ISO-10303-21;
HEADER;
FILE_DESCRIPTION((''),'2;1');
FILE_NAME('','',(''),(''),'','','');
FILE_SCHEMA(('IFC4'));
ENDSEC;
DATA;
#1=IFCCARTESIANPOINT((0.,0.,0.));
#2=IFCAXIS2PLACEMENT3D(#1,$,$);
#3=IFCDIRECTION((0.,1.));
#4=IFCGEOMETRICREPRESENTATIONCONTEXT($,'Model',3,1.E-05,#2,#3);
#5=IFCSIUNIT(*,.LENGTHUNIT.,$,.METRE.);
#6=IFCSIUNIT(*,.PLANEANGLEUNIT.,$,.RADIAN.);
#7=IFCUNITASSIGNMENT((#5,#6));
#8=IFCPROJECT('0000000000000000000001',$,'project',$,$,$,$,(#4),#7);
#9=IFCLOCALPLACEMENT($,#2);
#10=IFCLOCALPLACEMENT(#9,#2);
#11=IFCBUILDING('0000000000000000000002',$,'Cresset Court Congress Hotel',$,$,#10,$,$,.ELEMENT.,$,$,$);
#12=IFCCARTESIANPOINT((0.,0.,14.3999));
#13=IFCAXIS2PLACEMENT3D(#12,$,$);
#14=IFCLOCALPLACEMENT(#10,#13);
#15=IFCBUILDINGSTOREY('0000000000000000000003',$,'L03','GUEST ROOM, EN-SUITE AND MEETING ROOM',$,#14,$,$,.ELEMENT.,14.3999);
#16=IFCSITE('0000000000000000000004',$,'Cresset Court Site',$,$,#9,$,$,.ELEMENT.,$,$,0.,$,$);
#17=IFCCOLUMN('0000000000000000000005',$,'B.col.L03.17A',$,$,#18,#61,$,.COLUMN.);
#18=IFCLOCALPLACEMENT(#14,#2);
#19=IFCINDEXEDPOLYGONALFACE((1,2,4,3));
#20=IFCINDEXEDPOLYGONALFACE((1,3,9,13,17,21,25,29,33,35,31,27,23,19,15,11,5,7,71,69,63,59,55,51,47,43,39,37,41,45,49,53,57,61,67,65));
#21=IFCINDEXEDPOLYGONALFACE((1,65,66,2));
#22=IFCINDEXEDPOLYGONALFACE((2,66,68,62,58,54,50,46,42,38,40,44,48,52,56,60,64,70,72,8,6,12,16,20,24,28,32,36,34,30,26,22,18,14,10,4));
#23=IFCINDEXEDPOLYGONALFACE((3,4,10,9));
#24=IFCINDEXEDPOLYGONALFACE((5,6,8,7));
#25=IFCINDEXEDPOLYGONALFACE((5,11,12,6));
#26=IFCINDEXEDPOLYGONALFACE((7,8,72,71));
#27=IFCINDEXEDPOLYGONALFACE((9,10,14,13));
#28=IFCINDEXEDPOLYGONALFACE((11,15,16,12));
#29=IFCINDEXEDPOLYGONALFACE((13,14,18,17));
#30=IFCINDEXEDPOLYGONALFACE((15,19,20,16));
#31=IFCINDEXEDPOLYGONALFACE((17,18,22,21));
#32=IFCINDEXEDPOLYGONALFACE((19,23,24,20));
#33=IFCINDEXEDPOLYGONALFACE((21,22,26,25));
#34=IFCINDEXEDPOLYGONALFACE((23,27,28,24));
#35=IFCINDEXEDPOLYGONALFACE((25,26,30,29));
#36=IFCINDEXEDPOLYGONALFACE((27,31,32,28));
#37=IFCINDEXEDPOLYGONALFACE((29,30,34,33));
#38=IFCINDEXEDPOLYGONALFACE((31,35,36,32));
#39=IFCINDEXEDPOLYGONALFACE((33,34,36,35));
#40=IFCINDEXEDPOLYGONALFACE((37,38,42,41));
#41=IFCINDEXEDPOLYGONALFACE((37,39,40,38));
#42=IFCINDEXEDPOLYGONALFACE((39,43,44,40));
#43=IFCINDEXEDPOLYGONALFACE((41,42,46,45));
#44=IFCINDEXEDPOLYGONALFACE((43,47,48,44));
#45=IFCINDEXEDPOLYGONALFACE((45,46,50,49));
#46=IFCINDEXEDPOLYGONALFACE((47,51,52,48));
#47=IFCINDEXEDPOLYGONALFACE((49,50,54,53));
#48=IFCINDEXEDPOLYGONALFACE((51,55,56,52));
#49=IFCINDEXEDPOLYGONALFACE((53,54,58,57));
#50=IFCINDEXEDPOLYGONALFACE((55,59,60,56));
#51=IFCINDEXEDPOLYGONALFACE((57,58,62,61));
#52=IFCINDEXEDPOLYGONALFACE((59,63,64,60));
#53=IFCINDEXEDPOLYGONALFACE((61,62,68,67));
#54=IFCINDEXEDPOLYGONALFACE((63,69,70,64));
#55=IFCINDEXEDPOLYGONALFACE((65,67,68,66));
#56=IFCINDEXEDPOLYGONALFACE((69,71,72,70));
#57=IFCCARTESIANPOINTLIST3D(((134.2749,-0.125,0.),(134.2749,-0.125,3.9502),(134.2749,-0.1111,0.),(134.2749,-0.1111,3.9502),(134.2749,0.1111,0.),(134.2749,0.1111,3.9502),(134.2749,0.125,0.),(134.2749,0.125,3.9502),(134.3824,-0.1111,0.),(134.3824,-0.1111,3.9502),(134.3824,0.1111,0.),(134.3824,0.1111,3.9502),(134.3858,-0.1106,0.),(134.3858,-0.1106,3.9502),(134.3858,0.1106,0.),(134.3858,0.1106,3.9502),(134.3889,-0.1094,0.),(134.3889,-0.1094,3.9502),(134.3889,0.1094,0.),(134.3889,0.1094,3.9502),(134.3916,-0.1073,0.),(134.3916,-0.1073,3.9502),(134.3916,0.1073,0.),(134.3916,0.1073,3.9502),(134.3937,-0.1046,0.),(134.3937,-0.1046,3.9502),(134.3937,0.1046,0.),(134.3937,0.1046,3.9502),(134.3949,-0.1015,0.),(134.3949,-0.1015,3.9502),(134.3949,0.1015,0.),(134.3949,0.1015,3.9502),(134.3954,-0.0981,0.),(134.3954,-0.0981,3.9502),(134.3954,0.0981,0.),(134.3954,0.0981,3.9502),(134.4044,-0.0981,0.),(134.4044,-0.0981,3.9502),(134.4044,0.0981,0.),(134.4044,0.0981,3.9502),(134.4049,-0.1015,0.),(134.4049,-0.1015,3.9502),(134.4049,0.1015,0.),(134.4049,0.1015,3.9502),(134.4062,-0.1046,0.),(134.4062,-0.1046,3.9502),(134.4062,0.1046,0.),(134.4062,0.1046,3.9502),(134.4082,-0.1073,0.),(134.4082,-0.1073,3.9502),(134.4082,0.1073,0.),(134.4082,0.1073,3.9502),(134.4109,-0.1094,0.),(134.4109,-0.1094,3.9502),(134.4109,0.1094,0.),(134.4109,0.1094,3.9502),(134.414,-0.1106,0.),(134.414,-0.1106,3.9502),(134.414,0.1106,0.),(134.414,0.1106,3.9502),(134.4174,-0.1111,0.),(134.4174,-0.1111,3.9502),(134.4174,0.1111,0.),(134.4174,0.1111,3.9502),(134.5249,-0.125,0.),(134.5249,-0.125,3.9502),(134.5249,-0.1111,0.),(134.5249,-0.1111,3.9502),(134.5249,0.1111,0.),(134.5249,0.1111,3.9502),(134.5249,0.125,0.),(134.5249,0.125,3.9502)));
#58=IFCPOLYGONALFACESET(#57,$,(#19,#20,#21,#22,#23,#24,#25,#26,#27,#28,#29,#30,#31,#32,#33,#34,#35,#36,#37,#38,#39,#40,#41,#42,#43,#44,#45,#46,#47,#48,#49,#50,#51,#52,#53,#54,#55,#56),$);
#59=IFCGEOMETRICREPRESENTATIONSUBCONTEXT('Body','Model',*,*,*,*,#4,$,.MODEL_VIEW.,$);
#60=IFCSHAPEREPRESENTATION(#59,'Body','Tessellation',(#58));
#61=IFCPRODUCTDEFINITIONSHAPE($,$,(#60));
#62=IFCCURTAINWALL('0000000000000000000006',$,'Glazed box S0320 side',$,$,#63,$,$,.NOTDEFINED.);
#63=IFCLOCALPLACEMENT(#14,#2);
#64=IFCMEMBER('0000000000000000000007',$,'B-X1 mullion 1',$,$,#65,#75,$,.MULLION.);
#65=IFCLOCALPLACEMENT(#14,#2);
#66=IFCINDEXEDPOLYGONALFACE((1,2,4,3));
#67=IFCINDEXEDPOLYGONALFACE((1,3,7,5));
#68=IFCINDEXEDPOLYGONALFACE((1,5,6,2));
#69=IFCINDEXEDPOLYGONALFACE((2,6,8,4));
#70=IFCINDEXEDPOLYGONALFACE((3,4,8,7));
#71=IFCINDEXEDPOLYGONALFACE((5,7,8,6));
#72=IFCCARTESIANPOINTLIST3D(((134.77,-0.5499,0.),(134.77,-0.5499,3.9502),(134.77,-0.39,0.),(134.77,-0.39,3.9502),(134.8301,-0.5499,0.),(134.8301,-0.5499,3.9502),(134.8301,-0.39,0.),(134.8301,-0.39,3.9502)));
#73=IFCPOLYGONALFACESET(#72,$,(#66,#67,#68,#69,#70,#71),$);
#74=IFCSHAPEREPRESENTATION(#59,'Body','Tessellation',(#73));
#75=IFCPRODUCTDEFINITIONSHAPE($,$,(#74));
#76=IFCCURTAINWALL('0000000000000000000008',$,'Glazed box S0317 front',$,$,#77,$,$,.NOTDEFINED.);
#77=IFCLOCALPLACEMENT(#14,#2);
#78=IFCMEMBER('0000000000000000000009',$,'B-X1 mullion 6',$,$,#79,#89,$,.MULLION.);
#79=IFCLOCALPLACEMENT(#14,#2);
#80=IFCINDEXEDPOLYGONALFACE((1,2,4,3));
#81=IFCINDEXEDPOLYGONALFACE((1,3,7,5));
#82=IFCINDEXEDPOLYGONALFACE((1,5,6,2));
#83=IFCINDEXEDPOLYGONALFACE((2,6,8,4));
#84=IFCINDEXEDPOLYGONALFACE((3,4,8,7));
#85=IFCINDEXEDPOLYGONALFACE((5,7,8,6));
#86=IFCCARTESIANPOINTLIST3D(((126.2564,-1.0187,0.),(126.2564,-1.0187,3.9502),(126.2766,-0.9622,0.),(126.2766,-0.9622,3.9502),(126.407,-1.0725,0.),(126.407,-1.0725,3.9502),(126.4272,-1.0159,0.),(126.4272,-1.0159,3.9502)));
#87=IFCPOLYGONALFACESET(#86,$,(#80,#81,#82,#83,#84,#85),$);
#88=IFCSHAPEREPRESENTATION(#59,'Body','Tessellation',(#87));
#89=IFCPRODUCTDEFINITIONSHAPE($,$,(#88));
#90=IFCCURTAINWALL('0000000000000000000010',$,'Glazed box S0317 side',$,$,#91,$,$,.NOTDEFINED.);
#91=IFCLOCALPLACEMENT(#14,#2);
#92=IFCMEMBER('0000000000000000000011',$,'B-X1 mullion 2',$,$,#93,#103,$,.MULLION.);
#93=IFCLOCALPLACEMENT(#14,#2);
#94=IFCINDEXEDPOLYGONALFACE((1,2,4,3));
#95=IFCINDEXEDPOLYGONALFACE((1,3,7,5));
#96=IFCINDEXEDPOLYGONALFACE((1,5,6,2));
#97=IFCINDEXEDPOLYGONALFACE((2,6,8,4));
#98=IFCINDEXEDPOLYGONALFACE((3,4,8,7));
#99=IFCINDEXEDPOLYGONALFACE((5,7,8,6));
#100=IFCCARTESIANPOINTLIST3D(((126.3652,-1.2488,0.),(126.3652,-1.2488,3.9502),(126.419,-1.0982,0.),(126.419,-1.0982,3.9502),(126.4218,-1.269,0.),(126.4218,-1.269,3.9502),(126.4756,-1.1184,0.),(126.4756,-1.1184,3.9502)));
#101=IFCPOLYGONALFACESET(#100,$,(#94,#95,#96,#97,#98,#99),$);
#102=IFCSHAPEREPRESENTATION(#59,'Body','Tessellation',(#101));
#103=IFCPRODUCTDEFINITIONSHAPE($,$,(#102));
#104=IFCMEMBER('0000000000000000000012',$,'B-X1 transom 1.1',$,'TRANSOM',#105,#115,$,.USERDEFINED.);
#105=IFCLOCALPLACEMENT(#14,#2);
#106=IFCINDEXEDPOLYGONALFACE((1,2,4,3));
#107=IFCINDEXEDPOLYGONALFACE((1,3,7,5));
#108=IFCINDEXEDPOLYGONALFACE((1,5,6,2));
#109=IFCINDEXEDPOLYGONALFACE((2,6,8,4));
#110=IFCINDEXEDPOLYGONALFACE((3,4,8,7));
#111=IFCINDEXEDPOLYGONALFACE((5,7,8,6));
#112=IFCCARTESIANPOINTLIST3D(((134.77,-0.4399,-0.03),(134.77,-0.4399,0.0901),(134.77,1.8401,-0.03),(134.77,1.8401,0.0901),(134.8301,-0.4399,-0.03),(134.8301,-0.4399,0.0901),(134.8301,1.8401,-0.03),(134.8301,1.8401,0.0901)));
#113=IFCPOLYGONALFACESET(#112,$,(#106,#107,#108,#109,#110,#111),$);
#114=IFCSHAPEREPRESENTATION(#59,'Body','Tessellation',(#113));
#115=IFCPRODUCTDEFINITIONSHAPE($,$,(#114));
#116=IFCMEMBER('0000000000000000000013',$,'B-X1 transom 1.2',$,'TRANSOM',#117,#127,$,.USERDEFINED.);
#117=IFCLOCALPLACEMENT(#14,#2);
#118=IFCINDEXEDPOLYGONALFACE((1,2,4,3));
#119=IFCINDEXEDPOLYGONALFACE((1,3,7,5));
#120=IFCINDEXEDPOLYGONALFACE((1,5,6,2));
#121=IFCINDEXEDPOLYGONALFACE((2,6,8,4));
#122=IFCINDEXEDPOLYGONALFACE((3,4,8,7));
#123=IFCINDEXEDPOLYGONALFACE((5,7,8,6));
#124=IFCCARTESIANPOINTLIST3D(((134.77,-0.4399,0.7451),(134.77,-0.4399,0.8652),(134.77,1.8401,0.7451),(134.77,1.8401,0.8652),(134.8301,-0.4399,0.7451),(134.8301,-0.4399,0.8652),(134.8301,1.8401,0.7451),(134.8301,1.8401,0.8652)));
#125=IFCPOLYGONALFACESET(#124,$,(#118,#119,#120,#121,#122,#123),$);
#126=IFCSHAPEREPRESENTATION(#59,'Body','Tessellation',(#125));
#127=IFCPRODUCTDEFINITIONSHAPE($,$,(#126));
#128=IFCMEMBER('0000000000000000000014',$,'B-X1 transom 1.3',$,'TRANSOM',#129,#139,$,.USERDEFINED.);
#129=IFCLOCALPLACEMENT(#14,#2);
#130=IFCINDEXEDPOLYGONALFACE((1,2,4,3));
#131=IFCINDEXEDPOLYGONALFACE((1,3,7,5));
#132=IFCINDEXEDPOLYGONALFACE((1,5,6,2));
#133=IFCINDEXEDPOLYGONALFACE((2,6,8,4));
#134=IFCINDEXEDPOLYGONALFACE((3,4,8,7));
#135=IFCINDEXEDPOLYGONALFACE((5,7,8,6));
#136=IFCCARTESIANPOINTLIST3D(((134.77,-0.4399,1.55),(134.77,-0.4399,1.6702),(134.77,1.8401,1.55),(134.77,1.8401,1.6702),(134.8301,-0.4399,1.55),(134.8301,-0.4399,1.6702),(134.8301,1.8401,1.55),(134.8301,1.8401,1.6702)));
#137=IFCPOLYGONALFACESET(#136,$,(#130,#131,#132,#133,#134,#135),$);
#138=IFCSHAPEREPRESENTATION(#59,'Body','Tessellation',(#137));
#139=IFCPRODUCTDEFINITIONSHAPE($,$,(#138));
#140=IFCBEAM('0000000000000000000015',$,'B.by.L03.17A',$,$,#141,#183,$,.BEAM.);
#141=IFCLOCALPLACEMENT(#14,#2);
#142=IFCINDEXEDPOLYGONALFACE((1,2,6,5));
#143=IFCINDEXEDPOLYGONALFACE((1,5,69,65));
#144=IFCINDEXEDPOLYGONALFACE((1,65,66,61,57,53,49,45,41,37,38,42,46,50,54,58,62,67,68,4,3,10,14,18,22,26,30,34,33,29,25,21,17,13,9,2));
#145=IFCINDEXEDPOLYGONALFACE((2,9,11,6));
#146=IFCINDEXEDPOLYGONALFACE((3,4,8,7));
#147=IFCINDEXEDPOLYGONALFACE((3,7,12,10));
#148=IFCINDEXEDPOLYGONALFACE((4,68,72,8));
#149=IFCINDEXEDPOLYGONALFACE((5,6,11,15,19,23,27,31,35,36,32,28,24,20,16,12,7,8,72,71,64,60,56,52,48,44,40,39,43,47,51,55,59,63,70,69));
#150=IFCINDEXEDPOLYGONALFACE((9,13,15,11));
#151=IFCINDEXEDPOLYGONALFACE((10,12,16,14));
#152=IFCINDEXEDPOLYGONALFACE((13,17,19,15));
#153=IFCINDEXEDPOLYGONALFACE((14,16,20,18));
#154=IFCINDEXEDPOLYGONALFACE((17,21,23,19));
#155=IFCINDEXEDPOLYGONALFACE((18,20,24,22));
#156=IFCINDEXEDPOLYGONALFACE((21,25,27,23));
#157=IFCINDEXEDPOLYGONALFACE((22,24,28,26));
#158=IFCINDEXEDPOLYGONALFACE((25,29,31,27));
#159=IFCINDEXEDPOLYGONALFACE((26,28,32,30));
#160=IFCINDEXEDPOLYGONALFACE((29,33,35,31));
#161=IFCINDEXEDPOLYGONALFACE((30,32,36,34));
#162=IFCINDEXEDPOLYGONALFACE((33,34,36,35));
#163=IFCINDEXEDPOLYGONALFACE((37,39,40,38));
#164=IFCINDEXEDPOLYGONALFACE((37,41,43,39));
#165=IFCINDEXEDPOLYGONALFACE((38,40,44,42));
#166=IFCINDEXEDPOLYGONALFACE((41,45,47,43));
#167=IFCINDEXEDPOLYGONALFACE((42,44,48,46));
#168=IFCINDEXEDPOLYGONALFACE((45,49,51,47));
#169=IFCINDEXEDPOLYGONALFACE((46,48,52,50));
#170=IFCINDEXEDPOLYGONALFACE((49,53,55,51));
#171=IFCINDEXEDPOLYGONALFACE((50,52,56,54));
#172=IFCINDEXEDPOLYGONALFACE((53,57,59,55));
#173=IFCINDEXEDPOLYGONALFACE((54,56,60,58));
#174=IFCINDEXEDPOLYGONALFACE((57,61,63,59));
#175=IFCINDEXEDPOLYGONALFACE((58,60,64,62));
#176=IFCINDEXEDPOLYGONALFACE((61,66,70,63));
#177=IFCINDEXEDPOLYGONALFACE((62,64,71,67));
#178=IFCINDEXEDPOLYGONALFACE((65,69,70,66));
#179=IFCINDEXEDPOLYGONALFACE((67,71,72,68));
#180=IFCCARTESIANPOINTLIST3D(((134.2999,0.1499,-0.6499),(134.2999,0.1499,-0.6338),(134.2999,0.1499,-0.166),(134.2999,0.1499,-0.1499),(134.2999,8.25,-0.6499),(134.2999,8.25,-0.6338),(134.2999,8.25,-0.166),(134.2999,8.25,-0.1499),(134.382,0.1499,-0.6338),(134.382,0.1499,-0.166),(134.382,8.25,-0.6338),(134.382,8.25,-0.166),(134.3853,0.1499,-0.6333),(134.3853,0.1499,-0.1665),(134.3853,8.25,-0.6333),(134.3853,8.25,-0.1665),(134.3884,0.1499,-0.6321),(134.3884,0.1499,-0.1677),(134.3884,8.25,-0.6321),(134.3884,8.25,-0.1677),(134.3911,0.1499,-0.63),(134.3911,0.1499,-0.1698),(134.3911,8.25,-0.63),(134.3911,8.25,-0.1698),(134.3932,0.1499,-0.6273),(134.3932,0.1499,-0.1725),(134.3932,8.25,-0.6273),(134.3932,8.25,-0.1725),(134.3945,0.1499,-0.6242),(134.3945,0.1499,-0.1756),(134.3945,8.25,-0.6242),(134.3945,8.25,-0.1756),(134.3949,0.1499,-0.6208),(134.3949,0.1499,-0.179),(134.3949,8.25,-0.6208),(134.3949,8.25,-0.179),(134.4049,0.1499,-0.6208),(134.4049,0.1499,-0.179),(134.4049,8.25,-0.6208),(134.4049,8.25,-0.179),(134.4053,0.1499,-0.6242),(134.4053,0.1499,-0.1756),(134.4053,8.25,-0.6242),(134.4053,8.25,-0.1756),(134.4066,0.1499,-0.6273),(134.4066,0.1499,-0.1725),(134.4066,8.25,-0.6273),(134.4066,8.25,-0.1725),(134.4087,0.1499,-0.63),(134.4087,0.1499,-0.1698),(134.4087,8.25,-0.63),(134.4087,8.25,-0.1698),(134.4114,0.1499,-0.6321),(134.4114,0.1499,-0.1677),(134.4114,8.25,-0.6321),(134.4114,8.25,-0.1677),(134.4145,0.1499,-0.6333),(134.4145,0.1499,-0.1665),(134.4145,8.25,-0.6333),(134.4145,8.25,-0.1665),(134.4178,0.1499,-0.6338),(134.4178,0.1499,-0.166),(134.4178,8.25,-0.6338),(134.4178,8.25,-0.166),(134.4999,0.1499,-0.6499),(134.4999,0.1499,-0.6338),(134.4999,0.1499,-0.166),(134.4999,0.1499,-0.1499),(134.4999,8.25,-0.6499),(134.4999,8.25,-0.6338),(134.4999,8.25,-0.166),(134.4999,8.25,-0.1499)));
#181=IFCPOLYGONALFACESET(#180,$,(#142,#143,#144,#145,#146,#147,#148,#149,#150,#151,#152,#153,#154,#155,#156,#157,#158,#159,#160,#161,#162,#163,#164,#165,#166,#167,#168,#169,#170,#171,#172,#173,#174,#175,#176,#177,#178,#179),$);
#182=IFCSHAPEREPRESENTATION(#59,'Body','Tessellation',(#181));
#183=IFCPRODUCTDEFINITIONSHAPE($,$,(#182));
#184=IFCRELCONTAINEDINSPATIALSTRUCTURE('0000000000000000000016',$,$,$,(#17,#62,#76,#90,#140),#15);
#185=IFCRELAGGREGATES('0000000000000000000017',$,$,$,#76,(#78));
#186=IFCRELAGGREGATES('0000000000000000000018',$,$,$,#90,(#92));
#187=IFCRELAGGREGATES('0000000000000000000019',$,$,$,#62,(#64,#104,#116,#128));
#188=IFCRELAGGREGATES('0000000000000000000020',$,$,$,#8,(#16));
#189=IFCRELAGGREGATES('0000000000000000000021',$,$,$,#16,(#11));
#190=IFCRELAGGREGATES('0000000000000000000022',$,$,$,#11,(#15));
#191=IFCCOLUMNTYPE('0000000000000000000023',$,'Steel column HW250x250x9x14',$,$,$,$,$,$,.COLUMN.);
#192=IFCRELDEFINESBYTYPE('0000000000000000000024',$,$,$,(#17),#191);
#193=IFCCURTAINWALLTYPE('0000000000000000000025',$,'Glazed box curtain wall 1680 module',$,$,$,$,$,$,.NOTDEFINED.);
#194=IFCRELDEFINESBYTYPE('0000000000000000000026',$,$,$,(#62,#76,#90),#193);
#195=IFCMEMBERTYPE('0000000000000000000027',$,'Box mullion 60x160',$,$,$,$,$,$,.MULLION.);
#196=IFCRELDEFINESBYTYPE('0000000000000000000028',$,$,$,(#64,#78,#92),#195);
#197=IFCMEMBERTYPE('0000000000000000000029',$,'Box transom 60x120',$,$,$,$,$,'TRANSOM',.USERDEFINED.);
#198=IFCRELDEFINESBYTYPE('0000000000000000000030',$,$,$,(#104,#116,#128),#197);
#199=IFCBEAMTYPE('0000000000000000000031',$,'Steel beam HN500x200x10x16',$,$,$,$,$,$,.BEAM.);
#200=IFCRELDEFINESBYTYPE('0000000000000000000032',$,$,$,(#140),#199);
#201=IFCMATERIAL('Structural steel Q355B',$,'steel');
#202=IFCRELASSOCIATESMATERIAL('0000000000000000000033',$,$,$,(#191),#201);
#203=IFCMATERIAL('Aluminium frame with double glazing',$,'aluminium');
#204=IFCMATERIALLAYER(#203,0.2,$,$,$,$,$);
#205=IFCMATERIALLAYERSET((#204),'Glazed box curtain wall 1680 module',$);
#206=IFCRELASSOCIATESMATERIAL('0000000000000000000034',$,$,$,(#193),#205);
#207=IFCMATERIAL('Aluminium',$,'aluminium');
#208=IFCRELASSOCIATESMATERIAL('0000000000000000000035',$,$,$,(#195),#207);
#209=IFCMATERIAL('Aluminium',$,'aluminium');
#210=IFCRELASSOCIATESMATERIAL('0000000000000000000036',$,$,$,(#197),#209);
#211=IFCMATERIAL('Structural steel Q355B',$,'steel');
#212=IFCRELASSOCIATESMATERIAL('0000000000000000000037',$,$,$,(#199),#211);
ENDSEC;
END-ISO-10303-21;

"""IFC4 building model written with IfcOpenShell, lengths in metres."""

from ifc_helpers import new_model, si_unit, direction, frame, origin, origin_2d, place, context, subcontext, project, spatial, rectangle, i_section, extrude, material, layer, layer_set, material_profile, profile_set, type_object, element, aggregate, save


model = new_model("IFC4")

# Units and contexts
model_context = context("Model", 3, precision=1e-05, world=origin(), true_north=direction((0.0, 1.0)))
body_context = subcontext(model_context, "Body", "Model", "MODEL_VIEW")
ifc_project = project(units=[si_unit("LENGTHUNIT", "METRE"), si_unit("PLANEANGLEUNIT", "RADIAN")], contexts=[model_context])

# Site, building, storey
site_placement = place(None, origin())
site = spatial("IfcSite", under=ifc_project, at=site_placement, Name="Cresset Court Site", CompositionType="ELEMENT", RefElevation=0.0)
building_placement = place(site_placement, origin())
building = spatial("IfcBuilding", under=site, at=building_placement, Name="Cresset Court Congress Hotel", CompositionType="ELEMENT")
storey_placement = place(building_placement, frame((0.0, 0.0, 14.3999)))
storey = spatial("IfcBuildingStorey", under=building, at=storey_placement, Name="L03", Description="GUEST ROOM, EN-SUITE AND MEETING ROOM", CompositionType="ELEMENT", Elevation=14.3999)

# Column
ifc_material_1 = material(Name="Structural steel Q355B", Category="steel")
ifc_material_profile_1 = material_profile(ifc_material_1, i_section(OverallWidth=0.25, OverallDepth=0.25, WebThickness=0.009, FlangeThickness=0.0139, FilletRadius=0.0129, at=origin_2d()), Name="HW250x250x9x14")
ifc_profile_set_1 = profile_set([ifc_material_profile_1], Name="Structural steel Q355B")
column_type = type_object("IfcColumnType", Name="Steel column HW250x250x9x14", PredefinedType="COLUMN", material=ifc_profile_set_1)
column_placement = place(storey_placement, frame((134.3999, 0.0, 0.0), z_axis=(0.0, 0.0, 1.0), x_axis=(1.0, 0.0, 0.0)))
element("IfcColumn", 1, at=column_placement, inside=storey, type_object=column_type, Name="B.col.L03.17A", PredefinedType="COLUMN", context=body_context, shape_type="SweptSolid", body=[
    extrude(i_section(OverallWidth=0.25, OverallDepth=0.25, WebThickness=0.009, FlangeThickness=0.0139, FilletRadius=0.0129, at=origin_2d()), origin(), (0.0, 0.0, 1.0), 3.9502),
])

# Curtain walls, members
ifc_material_2 = material(Name="Aluminium frame with double glazing", Category="aluminium")
ifc_layer_1 = layer(ifc_material_2, 0.2)
ifc_layer_set_1 = layer_set([ifc_layer_1], Name="Glazed box curtain wall 1680 module")
curtain_wall_type = type_object("IfcCurtainWallType", Name="Glazed box curtain wall 1680 module", PredefinedType="NOTDEFINED", material=ifc_layer_set_1)
curtain_wall_1_placement = place(storey_placement, origin())
curtain_wall_1 = element("IfcCurtainWall", 2, at=curtain_wall_1_placement, inside=storey, type_object=curtain_wall_type, Name="Glazed box S0320 side", PredefinedType="NOTDEFINED")
ifc_material_3 = material(Name="Aluminium", Category="aluminium")
ifc_material_profile_2 = material_profile(ifc_material_3, rectangle(XDim=0.0601, YDim=0.1599, at=origin_2d()), Name="Box mullion 60x160")
ifc_profile_set_2 = profile_set([ifc_material_profile_2], Name="Aluminium")
member_type_1 = type_object("IfcMemberType", Name="Box mullion 60x160", PredefinedType="MULLION", material=ifc_profile_set_2)
member_1_placement = place(storey_placement, frame((134.8, -0.47, 0.0), z_axis=(0.0, 0.0, 1.0), x_axis=(-1.0, 0.0, 0.0)))
member_1 = element("IfcMember", 3, at=member_1_placement, type_object=member_type_1, Name="B-X1 mullion 1", PredefinedType="MULLION", context=body_context, shape_type="SweptSolid", body=[
    extrude(rectangle(XDim=0.0601, YDim=0.1599, at=origin_2d()), origin(), (0.0, 0.0, 1.0), 3.9502),
])
curtain_wall_2_placement = place(storey_placement, origin())
curtain_wall_2 = element("IfcCurtainWall", 4, at=curtain_wall_2_placement, inside=storey, type_object=curtain_wall_type, Name="Glazed box S0317 front", PredefinedType="NOTDEFINED")
member_2_placement = place(storey_placement, frame((126.3418, -1.0173, 0.0), z_axis=(0.0, 0.0, 1.0), x_axis=(0.336336, 0.941742, 0.0)))
member_2 = element("IfcMember", 5, at=member_2_placement, type_object=member_type_1, Name="B-X1 mullion 6", PredefinedType="MULLION", context=body_context, shape_type="SweptSolid", body=[
    extrude(rectangle(XDim=0.0601, YDim=0.1599, at=origin_2d()), origin(), (0.0, 0.0, 1.0), 3.9502),
])
aggregate(curtain_wall_2, [member_2])
curtain_wall_3_placement = place(storey_placement, origin())
curtain_wall_3 = element("IfcCurtainWall", 6, at=curtain_wall_3_placement, inside=storey, type_object=curtain_wall_type, Name="Glazed box S0317 side", PredefinedType="NOTDEFINED")
member_3_placement = place(storey_placement, frame((126.4204, -1.1836, 0.0), z_axis=(0.0, 0.0, 1.0), x_axis=(-0.941742, 0.336336, 0.0)))
member_3 = element("IfcMember", 7, at=member_3_placement, type_object=member_type_1, Name="B-X1 mullion 2", PredefinedType="MULLION", context=body_context, shape_type="SweptSolid", body=[
    extrude(rectangle(XDim=0.0601, YDim=0.1599, at=origin_2d()), origin(), (0.0, 0.0, 1.0), 3.9502),
])
aggregate(curtain_wall_3, [member_3])

# Members
ifc_material_4 = material(Name="Aluminium", Category="aluminium")
ifc_material_profile_3 = material_profile(ifc_material_4, rectangle(XDim=0.0601, YDim=0.1201, at=origin_2d()), Name="Box transom 60x120")
ifc_profile_set_3 = profile_set([ifc_material_profile_3], Name="Aluminium")
member_type_2 = type_object("IfcMemberType", Name="Box transom 60x120", ElementType="TRANSOM", PredefinedType="USERDEFINED", material=ifc_profile_set_3)
member_4_placement = place(storey_placement, frame((134.8, -0.4399, 0.03), z_axis=(0.0, 1.0, 0.0), x_axis=(-1.0, 0.0, 0.0)))
member_4 = element("IfcMember", 8, at=member_4_placement, type_object=member_type_2, Name="B-X1 transom 1.1", ObjectType="TRANSOM", PredefinedType="USERDEFINED", context=body_context, shape_type="SweptSolid", body=[
    extrude(rectangle(XDim=0.0601, YDim=0.1201, at=origin_2d()), origin(), (0.0, 0.0, 1.0), 2.28),
])
member_5_placement = place(storey_placement, frame((134.8, -0.4399, 0.8052), z_axis=(0.0, 1.0, 0.0), x_axis=(-1.0, 0.0, 0.0)))
member_5 = element("IfcMember", 9, at=member_5_placement, type_object=member_type_2, Name="B-X1 transom 1.2", ObjectType="TRANSOM", PredefinedType="USERDEFINED", context=body_context, shape_type="SweptSolid", body=[
    extrude(rectangle(XDim=0.0601, YDim=0.1201, at=origin_2d()), origin(), (0.0, 0.0, 1.0), 2.28),
])
member_6_placement = place(storey_placement, frame((134.8, -0.4399, 1.6101), z_axis=(0.0, 1.0, 0.0), x_axis=(-1.0, 0.0, 0.0)))
member_6 = element("IfcMember", 10, at=member_6_placement, type_object=member_type_2, Name="B-X1 transom 1.3", ObjectType="TRANSOM", PredefinedType="USERDEFINED", context=body_context, shape_type="SweptSolid", body=[
    extrude(rectangle(XDim=0.0601, YDim=0.1201, at=origin_2d()), origin(), (0.0, 0.0, 1.0), 2.28),
])
aggregate(curtain_wall_1, [member_1, member_4, member_5, member_6])

# Beam
ifc_material_5 = material(Name="Structural steel Q355B", Category="steel")
ifc_material_profile_4 = material_profile(ifc_material_5, i_section(OverallWidth=0.2, OverallDepth=0.5, WebThickness=0.01, FlangeThickness=0.0161, FilletRadius=0.0129, at=origin_2d()), Name="HN500x200x10x16")
ifc_profile_set_4 = profile_set([ifc_material_profile_4], Name="Structural steel Q355B")
beam_type_1 = type_object("IfcBeamType", Name="Steel beam HN500x200x10x16", PredefinedType="BEAM", material=ifc_profile_set_4)
beam_1_placement = place(storey_placement, frame((134.3999, 0.1499, -0.3999), z_axis=(0.0, 1.0, 0.0), x_axis=(-1.0, 0.0, 0.0)))
element("IfcBeam", 11, at=beam_1_placement, inside=storey, type_object=beam_type_1, Name="B.by.L03.17A", PredefinedType="BEAM", context=body_context, shape_type="SweptSolid", body=[
    extrude(i_section(OverallWidth=0.2, OverallDepth=0.5, WebThickness=0.01, FlangeThickness=0.0161, FilletRadius=0.0129, at=origin_2d()), origin(), (0.0, 0.0, 1.0), 8.1001),
])

save(model, "model.ifc")
